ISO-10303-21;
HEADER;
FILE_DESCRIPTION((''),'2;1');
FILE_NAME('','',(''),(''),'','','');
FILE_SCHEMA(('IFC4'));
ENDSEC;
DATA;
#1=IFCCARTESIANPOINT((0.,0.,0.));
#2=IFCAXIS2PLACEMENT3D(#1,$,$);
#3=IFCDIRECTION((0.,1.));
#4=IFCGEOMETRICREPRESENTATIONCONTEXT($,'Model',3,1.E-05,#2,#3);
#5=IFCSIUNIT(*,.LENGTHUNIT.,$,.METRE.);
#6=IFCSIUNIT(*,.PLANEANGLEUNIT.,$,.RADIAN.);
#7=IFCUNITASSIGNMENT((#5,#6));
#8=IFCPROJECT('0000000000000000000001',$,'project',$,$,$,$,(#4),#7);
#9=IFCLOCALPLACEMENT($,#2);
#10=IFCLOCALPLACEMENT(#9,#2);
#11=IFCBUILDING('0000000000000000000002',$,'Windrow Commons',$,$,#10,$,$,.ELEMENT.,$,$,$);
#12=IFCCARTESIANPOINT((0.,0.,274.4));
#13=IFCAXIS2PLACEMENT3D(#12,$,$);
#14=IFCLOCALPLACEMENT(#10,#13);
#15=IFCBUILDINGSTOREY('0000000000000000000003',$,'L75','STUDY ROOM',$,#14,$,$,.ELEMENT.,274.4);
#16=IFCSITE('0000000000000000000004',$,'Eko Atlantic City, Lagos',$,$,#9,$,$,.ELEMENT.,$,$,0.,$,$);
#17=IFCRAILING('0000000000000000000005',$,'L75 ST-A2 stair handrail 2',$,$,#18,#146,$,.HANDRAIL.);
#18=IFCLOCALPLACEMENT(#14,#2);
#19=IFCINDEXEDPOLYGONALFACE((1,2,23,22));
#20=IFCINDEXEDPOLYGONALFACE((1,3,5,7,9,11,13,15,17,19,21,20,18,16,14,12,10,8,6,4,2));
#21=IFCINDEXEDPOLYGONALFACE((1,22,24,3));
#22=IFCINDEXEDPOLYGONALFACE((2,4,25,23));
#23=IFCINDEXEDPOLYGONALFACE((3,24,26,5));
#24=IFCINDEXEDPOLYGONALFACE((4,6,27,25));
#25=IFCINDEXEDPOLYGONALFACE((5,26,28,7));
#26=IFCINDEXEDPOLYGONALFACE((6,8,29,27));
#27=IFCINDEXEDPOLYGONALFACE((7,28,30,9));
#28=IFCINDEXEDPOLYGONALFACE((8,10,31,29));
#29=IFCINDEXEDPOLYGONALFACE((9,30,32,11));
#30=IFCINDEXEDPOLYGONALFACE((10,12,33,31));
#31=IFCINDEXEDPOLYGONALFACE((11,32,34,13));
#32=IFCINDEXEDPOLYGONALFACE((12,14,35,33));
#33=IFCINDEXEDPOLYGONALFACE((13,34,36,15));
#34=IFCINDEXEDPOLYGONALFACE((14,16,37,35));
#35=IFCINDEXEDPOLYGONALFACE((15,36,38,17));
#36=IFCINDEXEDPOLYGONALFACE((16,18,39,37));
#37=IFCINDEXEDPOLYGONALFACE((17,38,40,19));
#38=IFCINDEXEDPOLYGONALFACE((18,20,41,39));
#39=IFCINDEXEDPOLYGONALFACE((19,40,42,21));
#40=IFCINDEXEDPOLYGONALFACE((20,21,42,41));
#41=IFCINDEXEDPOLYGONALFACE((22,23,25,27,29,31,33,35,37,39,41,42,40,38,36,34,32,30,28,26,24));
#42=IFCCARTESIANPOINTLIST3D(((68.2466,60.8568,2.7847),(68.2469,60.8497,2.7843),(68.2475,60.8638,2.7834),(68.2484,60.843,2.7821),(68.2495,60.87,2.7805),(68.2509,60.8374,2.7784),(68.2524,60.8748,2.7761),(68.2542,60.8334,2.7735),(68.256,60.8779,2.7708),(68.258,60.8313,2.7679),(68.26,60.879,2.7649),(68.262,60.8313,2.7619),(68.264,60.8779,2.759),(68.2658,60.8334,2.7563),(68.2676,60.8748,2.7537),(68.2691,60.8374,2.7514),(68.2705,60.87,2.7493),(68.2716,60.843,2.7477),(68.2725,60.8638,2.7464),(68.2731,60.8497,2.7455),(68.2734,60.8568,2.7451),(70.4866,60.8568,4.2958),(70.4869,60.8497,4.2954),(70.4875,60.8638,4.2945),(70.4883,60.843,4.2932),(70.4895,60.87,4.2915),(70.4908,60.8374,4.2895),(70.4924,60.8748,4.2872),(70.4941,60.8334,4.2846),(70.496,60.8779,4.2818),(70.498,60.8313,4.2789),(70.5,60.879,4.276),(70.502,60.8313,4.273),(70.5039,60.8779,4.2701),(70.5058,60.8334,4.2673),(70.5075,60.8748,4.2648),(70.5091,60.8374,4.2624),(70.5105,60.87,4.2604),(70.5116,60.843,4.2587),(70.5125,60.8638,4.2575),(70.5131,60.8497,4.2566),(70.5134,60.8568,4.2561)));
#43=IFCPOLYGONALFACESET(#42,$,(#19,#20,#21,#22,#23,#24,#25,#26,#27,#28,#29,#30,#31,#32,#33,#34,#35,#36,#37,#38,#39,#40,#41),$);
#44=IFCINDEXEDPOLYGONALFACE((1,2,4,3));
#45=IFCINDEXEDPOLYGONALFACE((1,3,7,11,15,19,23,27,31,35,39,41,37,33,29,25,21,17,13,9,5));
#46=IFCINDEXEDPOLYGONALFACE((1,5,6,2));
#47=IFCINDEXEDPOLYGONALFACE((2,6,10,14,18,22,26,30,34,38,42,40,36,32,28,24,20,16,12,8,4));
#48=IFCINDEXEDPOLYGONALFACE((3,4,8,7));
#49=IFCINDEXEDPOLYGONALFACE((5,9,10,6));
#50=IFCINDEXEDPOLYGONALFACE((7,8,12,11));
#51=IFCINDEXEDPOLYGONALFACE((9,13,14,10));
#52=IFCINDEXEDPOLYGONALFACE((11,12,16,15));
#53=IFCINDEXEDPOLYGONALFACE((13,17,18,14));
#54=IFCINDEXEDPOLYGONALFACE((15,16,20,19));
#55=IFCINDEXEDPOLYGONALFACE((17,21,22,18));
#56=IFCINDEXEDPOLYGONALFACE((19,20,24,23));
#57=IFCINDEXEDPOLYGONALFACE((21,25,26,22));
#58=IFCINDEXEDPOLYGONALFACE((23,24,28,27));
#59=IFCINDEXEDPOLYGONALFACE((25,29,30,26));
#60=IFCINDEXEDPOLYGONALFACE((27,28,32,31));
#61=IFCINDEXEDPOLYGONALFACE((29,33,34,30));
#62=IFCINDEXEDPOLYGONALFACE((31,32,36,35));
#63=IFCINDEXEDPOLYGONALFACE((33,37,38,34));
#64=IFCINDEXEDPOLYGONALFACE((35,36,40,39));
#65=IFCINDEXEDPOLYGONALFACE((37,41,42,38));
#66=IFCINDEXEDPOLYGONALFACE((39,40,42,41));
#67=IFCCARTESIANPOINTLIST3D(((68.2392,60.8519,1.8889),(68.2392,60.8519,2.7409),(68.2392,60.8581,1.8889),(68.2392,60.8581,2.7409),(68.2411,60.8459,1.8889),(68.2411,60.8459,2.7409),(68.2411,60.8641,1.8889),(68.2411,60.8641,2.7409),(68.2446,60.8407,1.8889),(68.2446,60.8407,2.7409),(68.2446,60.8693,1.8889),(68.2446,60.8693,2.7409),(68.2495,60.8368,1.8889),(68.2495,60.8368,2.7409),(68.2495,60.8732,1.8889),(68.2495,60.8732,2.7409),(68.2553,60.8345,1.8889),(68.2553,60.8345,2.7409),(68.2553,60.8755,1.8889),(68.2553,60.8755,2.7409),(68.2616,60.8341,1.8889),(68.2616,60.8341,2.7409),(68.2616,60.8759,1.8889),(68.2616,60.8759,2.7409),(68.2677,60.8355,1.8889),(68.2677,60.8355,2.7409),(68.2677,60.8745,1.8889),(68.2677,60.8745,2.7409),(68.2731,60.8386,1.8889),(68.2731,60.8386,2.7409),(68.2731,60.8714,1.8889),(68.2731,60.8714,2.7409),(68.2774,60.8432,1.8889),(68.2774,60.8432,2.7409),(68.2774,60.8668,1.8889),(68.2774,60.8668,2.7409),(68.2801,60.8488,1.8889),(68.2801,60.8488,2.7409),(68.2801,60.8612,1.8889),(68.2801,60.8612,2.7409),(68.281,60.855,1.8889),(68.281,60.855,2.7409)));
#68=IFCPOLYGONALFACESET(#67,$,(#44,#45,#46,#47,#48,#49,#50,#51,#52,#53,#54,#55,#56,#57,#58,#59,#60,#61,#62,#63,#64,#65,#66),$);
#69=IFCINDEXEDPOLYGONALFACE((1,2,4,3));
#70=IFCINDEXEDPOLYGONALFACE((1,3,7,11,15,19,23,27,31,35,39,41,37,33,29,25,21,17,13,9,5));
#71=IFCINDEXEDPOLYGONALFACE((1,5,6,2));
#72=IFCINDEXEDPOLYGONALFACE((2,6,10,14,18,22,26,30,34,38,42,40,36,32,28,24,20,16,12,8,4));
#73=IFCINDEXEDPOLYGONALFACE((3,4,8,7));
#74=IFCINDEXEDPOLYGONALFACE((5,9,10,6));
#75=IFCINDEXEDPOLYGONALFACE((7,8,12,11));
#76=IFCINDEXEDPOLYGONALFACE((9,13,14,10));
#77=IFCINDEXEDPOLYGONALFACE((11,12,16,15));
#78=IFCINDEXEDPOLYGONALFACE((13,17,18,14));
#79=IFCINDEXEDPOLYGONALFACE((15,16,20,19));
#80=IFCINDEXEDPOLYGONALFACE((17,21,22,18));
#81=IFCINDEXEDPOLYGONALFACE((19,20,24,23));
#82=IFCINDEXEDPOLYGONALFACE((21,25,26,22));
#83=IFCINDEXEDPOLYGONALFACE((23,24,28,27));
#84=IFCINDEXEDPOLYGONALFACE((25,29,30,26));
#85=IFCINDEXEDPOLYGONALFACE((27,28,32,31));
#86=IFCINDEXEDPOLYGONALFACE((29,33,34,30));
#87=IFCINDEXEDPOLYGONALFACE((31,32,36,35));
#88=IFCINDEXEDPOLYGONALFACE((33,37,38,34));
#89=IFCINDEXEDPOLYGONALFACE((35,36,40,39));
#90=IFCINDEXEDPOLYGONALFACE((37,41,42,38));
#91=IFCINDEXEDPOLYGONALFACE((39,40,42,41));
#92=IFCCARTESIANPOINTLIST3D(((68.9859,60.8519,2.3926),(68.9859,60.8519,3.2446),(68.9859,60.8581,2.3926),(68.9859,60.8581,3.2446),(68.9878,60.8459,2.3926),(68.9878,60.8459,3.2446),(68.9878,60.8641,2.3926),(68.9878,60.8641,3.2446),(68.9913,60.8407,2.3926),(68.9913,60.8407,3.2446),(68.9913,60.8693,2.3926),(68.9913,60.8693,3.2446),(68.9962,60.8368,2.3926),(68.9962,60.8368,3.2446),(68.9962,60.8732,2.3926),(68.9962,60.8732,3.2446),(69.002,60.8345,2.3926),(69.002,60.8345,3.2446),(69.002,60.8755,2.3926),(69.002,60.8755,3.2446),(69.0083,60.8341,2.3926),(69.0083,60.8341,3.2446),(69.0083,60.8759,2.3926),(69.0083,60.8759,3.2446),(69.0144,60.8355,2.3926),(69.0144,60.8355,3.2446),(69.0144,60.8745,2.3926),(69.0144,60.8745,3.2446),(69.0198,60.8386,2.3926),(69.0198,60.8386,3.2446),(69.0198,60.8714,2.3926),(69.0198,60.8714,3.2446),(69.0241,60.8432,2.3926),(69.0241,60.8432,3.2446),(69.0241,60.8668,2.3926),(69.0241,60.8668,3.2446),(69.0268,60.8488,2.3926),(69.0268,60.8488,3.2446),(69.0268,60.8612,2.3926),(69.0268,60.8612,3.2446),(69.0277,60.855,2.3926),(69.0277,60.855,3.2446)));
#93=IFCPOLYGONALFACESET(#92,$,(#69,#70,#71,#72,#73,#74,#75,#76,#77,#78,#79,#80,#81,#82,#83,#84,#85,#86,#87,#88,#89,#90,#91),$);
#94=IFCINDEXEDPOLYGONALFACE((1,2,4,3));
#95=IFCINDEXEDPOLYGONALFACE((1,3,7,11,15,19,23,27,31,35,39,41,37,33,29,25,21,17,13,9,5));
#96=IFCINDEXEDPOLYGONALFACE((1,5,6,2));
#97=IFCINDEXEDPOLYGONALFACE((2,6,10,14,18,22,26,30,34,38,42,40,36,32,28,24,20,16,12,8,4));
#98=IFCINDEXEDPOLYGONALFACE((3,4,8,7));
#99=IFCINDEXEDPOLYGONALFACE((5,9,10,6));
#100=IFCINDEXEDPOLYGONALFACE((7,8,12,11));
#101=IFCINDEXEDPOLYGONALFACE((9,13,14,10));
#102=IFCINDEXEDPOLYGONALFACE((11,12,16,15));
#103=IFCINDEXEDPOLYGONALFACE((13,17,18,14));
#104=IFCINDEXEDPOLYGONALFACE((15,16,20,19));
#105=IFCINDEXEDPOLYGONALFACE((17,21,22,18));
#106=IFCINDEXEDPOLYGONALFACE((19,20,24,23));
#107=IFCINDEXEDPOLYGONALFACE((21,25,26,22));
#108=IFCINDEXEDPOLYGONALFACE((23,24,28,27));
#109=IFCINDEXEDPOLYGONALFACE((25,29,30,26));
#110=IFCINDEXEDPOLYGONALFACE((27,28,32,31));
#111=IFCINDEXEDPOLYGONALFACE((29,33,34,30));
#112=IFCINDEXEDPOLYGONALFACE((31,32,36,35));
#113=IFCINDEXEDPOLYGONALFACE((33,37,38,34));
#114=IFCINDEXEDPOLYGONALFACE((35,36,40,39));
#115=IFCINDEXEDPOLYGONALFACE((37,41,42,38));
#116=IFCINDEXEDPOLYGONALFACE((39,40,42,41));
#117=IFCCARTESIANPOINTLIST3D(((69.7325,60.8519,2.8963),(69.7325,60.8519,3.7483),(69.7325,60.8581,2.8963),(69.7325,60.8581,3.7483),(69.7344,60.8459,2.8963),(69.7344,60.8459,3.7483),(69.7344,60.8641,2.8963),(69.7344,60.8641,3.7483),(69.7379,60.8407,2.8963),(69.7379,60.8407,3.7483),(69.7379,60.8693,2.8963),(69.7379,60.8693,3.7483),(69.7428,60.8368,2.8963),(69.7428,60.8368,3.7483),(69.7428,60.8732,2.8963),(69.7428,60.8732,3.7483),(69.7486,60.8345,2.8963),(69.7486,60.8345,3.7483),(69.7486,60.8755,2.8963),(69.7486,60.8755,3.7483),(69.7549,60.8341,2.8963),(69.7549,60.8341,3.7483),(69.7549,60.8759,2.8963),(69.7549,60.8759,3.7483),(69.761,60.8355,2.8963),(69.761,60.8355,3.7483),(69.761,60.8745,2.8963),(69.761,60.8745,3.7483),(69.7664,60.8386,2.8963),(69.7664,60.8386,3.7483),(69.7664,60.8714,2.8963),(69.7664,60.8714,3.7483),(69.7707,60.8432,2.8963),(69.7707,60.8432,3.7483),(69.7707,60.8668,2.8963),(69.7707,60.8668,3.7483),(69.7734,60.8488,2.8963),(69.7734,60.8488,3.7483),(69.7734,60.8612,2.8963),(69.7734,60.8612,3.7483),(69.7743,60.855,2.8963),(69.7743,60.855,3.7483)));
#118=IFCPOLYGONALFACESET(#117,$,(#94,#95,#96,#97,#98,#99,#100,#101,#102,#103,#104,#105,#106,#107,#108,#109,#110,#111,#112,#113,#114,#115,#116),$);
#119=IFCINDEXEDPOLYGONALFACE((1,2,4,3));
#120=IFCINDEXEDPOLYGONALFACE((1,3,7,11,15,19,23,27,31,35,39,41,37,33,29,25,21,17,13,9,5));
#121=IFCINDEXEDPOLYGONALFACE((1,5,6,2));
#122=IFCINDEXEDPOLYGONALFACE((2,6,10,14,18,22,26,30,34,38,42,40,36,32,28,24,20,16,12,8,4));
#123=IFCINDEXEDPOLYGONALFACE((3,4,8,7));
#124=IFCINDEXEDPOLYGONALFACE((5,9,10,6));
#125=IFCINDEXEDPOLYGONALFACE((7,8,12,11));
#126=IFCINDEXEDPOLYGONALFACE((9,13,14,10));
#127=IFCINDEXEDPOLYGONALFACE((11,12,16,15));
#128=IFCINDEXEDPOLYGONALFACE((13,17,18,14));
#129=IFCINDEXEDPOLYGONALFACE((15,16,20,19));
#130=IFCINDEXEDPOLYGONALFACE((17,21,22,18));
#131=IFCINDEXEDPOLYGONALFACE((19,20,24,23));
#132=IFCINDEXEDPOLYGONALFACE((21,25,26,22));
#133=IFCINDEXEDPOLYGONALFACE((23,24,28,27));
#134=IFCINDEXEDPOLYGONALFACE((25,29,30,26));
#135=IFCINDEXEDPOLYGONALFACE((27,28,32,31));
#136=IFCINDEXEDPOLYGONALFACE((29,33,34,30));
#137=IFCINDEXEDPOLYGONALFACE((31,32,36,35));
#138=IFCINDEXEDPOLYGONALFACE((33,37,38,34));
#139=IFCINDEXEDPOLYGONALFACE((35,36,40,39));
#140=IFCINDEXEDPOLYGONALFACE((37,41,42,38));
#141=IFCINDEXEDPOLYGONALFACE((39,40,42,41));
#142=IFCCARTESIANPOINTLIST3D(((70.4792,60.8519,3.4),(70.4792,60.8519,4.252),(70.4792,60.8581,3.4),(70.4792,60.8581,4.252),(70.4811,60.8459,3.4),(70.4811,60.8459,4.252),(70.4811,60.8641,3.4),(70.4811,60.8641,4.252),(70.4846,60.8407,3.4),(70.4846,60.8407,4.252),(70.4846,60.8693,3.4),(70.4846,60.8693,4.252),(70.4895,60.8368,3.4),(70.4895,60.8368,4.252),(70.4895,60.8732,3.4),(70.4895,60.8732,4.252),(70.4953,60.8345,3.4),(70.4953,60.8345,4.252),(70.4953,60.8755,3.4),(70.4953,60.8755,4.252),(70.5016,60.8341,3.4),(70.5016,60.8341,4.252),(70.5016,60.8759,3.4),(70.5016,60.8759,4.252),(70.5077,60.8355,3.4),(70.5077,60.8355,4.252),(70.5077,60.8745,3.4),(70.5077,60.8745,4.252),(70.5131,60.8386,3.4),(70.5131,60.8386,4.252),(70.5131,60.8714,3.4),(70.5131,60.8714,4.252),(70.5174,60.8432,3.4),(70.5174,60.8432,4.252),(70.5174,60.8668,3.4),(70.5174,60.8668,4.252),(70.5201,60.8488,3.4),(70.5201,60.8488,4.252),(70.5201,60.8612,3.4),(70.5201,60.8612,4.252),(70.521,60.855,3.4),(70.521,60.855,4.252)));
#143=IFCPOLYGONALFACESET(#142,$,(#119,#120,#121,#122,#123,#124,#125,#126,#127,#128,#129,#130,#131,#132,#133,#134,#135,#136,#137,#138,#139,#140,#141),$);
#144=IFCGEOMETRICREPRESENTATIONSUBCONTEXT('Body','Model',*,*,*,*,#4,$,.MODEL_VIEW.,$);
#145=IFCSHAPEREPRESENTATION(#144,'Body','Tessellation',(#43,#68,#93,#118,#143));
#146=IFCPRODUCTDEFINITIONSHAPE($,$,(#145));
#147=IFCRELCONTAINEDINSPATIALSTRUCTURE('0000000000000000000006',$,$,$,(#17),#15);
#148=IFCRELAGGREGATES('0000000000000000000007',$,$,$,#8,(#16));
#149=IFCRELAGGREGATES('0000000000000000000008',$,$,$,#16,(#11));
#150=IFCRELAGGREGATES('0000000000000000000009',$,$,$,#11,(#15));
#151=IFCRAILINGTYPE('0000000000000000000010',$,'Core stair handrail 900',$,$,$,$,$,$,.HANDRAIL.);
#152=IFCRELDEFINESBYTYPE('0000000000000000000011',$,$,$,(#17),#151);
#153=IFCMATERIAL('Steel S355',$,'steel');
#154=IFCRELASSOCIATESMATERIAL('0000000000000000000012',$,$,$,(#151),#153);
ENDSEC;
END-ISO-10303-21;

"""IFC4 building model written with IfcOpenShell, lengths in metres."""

from ifc_helpers import new_model, si_unit, direction, frame, origin, origin_2d, place, context, subcontext, project, spatial, circle, extrude, material, type_object, element, save


model = new_model("IFC4")

# Units and contexts
model_context = context("Model", 3, precision=1e-05, world=origin(), true_north=direction((0.0, 1.0)))
body_context = subcontext(model_context, "Body", "Model", "MODEL_VIEW")
ifc_project = project(units=[si_unit("LENGTHUNIT", "METRE"), si_unit("PLANEANGLEUNIT", "RADIAN")], contexts=[model_context])

# Site, building, storey
site_placement = place(None, origin())
site = spatial("IfcSite", under=ifc_project, at=site_placement, Name="Eko Atlantic City, Lagos", CompositionType="ELEMENT", RefElevation=0.0)
building_placement = place(site_placement, origin())
building = spatial("IfcBuilding", under=site, at=building_placement, Name="Windrow Commons", CompositionType="ELEMENT")
storey_placement = place(building_placement, frame((0.0, 0.0, 274.4)))
storey = spatial("IfcBuildingStorey", under=building, at=storey_placement, Name="L75", Description="STUDY ROOM", CompositionType="ELEMENT", Elevation=274.4)

# Railing
ifc_material_1 = material(Name="Steel S355", Category="steel")
railing_type_1 = type_object("IfcRailingType", Name="Core stair handrail 900", PredefinedType="HANDRAIL", material=ifc_material_1)
railing_1_placement = place(storey_placement, frame((68.26, 60.855, 1.8889)))
element("IfcRailing", 1, at=railing_1_placement, inside=storey, type_object=railing_type_1, Name="L75 ST-A2 stair handrail 2", PredefinedType="HANDRAIL", context=body_context, shape_type="SweptSolid", body=[
    extrude(circle(Radius=0.024, at=origin_2d()), frame((0.0, 0.0, 0.876), z_axis=(0.829003, 0.0, 0.559244), x_axis=(0.0, 1.0, 0.0)), (0.0, 0.0, 1.0), 2.702),
    extrude(circle(Radius=0.021, at=origin_2d()), origin(), (0.0, 0.0, 1.0), 0.852),
    extrude(circle(Radius=0.021, at=origin_2d()), frame((0.7467, 0.0, 0.5037)), (0.0, 0.0, 1.0), 0.852),
    extrude(circle(Radius=0.021, at=origin_2d()), frame((1.4933, 0.0, 1.0074)), (0.0, 0.0, 1.0), 0.852),
    extrude(circle(Radius=0.021, at=origin_2d()), frame((2.24, 0.0, 1.5111)), (0.0, 0.0, 1.0), 0.852),
])

save(model, "model.ifc")
